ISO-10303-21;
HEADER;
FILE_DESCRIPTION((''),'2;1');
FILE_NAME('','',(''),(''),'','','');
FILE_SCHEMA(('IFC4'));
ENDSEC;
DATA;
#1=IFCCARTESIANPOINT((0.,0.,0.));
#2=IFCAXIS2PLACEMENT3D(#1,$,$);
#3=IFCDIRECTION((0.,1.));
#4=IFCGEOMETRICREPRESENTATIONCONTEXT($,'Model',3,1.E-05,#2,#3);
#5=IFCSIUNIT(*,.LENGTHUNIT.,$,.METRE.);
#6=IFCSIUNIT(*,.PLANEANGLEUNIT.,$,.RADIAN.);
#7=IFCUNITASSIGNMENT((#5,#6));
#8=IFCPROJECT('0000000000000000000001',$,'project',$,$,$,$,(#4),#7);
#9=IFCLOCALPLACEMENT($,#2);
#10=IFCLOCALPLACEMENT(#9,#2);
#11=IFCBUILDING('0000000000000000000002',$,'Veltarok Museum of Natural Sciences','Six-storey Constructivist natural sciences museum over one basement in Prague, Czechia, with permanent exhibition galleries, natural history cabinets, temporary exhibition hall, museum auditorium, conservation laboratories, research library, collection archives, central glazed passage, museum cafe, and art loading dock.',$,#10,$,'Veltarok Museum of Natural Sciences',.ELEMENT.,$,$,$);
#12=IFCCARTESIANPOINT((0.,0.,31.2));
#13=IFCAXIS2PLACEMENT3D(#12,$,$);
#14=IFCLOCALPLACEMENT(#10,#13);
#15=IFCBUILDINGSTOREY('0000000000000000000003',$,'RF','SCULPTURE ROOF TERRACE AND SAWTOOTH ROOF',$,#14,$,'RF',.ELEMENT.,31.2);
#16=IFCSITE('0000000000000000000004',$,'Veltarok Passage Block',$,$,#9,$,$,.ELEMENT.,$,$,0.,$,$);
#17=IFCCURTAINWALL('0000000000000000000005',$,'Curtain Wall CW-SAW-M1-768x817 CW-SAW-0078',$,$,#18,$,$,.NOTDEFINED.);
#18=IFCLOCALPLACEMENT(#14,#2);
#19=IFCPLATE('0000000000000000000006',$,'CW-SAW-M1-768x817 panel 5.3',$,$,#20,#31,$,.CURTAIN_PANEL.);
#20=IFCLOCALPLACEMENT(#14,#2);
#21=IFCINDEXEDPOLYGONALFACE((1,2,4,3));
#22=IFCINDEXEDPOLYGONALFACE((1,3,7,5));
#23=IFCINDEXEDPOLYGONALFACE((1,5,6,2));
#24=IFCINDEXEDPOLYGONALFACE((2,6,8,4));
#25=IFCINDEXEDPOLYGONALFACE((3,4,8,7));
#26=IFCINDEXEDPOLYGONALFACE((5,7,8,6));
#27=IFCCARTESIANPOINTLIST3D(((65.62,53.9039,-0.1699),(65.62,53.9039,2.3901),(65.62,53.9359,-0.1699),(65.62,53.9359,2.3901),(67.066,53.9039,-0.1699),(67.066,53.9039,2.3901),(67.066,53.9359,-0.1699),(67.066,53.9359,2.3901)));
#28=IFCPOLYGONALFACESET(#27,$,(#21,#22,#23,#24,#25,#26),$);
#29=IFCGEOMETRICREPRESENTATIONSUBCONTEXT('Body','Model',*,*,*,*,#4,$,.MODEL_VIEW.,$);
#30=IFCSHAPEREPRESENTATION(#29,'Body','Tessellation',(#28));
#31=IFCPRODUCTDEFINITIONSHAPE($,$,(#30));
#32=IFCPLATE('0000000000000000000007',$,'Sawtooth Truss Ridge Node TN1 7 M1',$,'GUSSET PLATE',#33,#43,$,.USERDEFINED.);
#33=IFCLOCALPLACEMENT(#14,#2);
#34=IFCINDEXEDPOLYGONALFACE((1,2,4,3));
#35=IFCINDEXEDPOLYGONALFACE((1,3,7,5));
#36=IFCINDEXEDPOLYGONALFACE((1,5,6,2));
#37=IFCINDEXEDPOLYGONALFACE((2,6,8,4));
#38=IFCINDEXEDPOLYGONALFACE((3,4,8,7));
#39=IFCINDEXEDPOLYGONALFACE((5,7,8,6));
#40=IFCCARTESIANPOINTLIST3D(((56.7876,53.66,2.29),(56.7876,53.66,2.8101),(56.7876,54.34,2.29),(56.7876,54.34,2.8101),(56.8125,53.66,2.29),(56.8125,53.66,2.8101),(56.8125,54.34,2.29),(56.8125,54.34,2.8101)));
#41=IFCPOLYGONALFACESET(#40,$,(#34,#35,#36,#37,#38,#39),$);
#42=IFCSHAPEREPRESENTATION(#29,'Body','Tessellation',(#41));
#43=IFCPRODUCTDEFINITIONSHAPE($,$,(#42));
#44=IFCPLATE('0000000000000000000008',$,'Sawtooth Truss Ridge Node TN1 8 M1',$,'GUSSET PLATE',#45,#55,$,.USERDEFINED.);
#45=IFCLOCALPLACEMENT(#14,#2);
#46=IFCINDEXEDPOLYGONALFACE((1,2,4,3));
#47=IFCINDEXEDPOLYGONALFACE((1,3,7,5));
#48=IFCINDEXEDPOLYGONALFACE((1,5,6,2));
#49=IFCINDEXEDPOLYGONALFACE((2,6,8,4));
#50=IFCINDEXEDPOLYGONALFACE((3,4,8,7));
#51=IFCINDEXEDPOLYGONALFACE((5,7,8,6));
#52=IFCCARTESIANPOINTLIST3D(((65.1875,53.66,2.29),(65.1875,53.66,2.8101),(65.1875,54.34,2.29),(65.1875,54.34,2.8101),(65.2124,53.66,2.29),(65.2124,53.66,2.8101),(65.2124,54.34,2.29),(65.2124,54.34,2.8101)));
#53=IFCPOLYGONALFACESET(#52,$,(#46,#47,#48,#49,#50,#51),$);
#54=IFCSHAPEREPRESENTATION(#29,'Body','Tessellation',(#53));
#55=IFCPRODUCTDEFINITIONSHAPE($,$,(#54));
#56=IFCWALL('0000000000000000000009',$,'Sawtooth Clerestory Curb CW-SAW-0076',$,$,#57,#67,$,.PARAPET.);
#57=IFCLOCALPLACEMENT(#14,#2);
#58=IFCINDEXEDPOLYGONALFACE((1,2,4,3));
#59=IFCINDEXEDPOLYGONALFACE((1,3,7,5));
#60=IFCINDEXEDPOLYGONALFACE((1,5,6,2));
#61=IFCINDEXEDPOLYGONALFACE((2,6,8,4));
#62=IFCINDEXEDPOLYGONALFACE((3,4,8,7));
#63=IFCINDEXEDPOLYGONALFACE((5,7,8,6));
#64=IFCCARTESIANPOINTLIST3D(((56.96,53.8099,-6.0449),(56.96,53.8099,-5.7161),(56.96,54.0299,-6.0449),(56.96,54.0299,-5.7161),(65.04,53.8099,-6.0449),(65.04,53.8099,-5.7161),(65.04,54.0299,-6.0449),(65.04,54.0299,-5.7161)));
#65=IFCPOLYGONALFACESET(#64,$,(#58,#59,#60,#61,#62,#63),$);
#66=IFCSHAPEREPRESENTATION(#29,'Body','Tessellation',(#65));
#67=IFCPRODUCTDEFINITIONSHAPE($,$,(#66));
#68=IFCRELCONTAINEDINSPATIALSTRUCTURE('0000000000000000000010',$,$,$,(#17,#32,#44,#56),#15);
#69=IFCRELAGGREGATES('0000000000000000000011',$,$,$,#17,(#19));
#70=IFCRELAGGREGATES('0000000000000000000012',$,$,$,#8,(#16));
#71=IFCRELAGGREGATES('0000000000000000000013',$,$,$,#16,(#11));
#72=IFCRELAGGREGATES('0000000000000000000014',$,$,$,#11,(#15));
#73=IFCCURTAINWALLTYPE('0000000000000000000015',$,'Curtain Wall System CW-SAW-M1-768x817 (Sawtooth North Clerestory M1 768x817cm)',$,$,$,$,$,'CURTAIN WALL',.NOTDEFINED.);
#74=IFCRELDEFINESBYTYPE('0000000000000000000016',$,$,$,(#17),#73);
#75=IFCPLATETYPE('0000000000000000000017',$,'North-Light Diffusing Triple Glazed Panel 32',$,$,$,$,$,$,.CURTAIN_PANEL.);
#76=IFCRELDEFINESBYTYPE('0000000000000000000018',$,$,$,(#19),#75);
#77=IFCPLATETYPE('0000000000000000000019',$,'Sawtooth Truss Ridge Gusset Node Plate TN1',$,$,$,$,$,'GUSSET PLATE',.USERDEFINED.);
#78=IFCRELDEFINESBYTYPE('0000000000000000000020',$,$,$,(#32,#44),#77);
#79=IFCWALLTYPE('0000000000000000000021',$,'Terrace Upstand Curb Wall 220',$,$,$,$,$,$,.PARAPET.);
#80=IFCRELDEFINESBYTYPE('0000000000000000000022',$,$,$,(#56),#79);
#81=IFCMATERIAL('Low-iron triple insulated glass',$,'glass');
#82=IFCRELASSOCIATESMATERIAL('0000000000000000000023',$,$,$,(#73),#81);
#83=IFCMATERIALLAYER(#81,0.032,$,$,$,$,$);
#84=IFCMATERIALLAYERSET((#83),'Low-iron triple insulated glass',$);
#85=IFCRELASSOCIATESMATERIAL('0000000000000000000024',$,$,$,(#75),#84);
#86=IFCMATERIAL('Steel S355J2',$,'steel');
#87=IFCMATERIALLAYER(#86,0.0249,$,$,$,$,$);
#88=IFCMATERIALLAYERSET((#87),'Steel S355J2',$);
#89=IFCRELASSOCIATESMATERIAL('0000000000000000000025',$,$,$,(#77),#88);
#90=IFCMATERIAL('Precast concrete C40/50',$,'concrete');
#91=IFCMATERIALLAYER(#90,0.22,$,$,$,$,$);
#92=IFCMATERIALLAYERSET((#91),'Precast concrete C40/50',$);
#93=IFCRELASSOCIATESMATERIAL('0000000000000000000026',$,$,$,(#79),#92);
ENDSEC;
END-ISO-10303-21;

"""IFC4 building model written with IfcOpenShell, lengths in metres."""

from ifc_helpers import new_model, si_unit, direction, frame, frame_2d, origin, origin_2d, place, context, subcontext, project, spatial, rectangle, extrude, material, layer, layer_set, type_object, element, aggregate, save


model = new_model("IFC4")

# Units and contexts
model_context = context("Model", 3, precision=1e-05, world=origin(), true_north=direction((0.0, 1.0)))
body_context = subcontext(model_context, "Body", "Model", "MODEL_VIEW")
ifc_project = project(units=[si_unit("LENGTHUNIT", "METRE"), si_unit("PLANEANGLEUNIT", "RADIAN")], contexts=[model_context])

# Site, building, storey
site_placement = place(None, origin())
site = spatial("IfcSite", under=ifc_project, at=site_placement, Name="Veltarok Passage Block", CompositionType="ELEMENT", RefElevation=0.0)
building_placement = place(site_placement, origin())
building = spatial("IfcBuilding", under=site, at=building_placement, Name="Veltarok Museum of Natural Sciences", Description="Six-storey Constructivist natural sciences museum over one basement in Prague, Czechia, with permanent exhibition galleries, natural history cabinets, temporary exhibition hall, museum auditorium, conservation laboratories, research library, collection archives, central glazed passage, museum cafe, and art loading dock.", LongName="Veltarok Museum of Natural Sciences", CompositionType="ELEMENT")
storey_placement = place(building_placement, frame((0.0, 0.0, 31.2)))
storey = spatial("IfcBuildingStorey", under=building, at=storey_placement, Name="RF", Description="SCULPTURE ROOF TERRACE AND SAWTOOTH ROOF", LongName="RF", CompositionType="ELEMENT", Elevation=31.2)

# Shared definitions
ifc_material_1 = material(Name="Steel S355J2", Category="steel")

# Shared definitions
ifc_material_2 = material(Name="Low-iron triple insulated glass", Category="glass")
curtain_wall_type = type_object("IfcCurtainWallType", Name="Curtain Wall System CW-SAW-M1-768x817 (Sawtooth North Clerestory M1 768x817cm)", ElementType="CURTAIN WALL", PredefinedType="NOTDEFINED", material=ifc_material_2)

# Curtain wall
curtain_wall_1_placement = place(storey_placement, origin())
curtain_wall_1 = element("IfcCurtainWall", 1, at=curtain_wall_1_placement, inside=storey, type_object=curtain_wall_type, Name="Curtain Wall CW-SAW-M1-768x817 CW-SAW-0078", PredefinedType="NOTDEFINED")

# Plate
ifc_layer_1 = layer(ifc_material_2, 0.032)
ifc_layer_set_1 = layer_set([ifc_layer_1], Name="Low-iron triple insulated glass")
plate_type_1 = type_object("IfcPlateType", Name="North-Light Diffusing Triple Glazed Panel 32", PredefinedType="CURTAIN_PANEL", material=ifc_layer_set_1)
plate_1_placement = place(storey_placement, frame((66.343, 53.9199, -0.1699), z_axis=(0.0, 0.0, 1.0), x_axis=(-1.0, 0.0, 0.0)))
plate_1 = element("IfcPlate", 2, at=plate_1_placement, type_object=plate_type_1, Name="CW-SAW-M1-768x817 panel 5.3", PredefinedType="CURTAIN_PANEL", context=body_context, shape_type="SweptSolid", body=[
    extrude(rectangle(XDim=1.446, YDim=0.032, at=origin_2d()), origin(), (0.0, 0.0, 1.0), 2.5601),
])
aggregate(curtain_wall_1, [plate_1])

# Plates
ifc_layer_2 = layer(ifc_material_1, 0.0249)
ifc_layer_set_2 = layer_set([ifc_layer_2], Name="Steel S355J2")
plate_type_2 = type_object("IfcPlateType", Name="Sawtooth Truss Ridge Gusset Node Plate TN1", ElementType="GUSSET PLATE", PredefinedType="USERDEFINED", material=ifc_layer_set_2)
for number, where, z_axis, x_axis, name in (
    (3, (56.8, 54.0, 2.29), (0.0, 0.0, 1.0), (1.0, 0.0, 0.0), "Sawtooth Truss Ridge Node TN1 7 M1"),
    (4, (65.2, 54.0, 2.29), (0.0, 0.0, 1.0), (1.0, 0.0, 0.0), "Sawtooth Truss Ridge Node TN1 8 M1"),
):
    element("IfcPlate", number, at=place(storey_placement, frame(where, z_axis=z_axis, x_axis=x_axis)), inside=storey, type_object=plate_type_2, Name=name, ObjectType="GUSSET PLATE", PredefinedType="USERDEFINED", context=body_context, shape_type="SweptSolid", body=[
        extrude(rectangle(XDim=0.0249, YDim=0.6799, at=origin_2d()), origin(), (0.0, 0.0, 1.0), 0.52),
    ])

# Wall
ifc_material_3 = material(Name="Precast concrete C40/50", Category="concrete")
ifc_layer_3 = layer(ifc_material_3, 0.22)
ifc_layer_set_3 = layer_set([ifc_layer_3], Name="Precast concrete C40/50")
wall_type = type_object("IfcWallType", Name="Terrace Upstand Curb Wall 220", PredefinedType="PARAPET", material=ifc_layer_set_3)
wall_placement = place(storey_placement, frame((65.04, 53.9199, -6.0449), z_axis=(0.0, 0.0, 1.0), x_axis=(-1.0, 0.0, 0.0)))
element("IfcWall", 5, at=wall_placement, inside=storey, type_object=wall_type, Name="Sawtooth Clerestory Curb CW-SAW-0076", PredefinedType="PARAPET", context=body_context, shape_type="SweptSolid", body=[
    extrude(rectangle(XDim=8.0801, YDim=0.22, at=frame_2d((4.04, 0.0))), origin(), (0.0, 0.0, 1.0), 0.3289),
])

save(model, "model.ifc")
